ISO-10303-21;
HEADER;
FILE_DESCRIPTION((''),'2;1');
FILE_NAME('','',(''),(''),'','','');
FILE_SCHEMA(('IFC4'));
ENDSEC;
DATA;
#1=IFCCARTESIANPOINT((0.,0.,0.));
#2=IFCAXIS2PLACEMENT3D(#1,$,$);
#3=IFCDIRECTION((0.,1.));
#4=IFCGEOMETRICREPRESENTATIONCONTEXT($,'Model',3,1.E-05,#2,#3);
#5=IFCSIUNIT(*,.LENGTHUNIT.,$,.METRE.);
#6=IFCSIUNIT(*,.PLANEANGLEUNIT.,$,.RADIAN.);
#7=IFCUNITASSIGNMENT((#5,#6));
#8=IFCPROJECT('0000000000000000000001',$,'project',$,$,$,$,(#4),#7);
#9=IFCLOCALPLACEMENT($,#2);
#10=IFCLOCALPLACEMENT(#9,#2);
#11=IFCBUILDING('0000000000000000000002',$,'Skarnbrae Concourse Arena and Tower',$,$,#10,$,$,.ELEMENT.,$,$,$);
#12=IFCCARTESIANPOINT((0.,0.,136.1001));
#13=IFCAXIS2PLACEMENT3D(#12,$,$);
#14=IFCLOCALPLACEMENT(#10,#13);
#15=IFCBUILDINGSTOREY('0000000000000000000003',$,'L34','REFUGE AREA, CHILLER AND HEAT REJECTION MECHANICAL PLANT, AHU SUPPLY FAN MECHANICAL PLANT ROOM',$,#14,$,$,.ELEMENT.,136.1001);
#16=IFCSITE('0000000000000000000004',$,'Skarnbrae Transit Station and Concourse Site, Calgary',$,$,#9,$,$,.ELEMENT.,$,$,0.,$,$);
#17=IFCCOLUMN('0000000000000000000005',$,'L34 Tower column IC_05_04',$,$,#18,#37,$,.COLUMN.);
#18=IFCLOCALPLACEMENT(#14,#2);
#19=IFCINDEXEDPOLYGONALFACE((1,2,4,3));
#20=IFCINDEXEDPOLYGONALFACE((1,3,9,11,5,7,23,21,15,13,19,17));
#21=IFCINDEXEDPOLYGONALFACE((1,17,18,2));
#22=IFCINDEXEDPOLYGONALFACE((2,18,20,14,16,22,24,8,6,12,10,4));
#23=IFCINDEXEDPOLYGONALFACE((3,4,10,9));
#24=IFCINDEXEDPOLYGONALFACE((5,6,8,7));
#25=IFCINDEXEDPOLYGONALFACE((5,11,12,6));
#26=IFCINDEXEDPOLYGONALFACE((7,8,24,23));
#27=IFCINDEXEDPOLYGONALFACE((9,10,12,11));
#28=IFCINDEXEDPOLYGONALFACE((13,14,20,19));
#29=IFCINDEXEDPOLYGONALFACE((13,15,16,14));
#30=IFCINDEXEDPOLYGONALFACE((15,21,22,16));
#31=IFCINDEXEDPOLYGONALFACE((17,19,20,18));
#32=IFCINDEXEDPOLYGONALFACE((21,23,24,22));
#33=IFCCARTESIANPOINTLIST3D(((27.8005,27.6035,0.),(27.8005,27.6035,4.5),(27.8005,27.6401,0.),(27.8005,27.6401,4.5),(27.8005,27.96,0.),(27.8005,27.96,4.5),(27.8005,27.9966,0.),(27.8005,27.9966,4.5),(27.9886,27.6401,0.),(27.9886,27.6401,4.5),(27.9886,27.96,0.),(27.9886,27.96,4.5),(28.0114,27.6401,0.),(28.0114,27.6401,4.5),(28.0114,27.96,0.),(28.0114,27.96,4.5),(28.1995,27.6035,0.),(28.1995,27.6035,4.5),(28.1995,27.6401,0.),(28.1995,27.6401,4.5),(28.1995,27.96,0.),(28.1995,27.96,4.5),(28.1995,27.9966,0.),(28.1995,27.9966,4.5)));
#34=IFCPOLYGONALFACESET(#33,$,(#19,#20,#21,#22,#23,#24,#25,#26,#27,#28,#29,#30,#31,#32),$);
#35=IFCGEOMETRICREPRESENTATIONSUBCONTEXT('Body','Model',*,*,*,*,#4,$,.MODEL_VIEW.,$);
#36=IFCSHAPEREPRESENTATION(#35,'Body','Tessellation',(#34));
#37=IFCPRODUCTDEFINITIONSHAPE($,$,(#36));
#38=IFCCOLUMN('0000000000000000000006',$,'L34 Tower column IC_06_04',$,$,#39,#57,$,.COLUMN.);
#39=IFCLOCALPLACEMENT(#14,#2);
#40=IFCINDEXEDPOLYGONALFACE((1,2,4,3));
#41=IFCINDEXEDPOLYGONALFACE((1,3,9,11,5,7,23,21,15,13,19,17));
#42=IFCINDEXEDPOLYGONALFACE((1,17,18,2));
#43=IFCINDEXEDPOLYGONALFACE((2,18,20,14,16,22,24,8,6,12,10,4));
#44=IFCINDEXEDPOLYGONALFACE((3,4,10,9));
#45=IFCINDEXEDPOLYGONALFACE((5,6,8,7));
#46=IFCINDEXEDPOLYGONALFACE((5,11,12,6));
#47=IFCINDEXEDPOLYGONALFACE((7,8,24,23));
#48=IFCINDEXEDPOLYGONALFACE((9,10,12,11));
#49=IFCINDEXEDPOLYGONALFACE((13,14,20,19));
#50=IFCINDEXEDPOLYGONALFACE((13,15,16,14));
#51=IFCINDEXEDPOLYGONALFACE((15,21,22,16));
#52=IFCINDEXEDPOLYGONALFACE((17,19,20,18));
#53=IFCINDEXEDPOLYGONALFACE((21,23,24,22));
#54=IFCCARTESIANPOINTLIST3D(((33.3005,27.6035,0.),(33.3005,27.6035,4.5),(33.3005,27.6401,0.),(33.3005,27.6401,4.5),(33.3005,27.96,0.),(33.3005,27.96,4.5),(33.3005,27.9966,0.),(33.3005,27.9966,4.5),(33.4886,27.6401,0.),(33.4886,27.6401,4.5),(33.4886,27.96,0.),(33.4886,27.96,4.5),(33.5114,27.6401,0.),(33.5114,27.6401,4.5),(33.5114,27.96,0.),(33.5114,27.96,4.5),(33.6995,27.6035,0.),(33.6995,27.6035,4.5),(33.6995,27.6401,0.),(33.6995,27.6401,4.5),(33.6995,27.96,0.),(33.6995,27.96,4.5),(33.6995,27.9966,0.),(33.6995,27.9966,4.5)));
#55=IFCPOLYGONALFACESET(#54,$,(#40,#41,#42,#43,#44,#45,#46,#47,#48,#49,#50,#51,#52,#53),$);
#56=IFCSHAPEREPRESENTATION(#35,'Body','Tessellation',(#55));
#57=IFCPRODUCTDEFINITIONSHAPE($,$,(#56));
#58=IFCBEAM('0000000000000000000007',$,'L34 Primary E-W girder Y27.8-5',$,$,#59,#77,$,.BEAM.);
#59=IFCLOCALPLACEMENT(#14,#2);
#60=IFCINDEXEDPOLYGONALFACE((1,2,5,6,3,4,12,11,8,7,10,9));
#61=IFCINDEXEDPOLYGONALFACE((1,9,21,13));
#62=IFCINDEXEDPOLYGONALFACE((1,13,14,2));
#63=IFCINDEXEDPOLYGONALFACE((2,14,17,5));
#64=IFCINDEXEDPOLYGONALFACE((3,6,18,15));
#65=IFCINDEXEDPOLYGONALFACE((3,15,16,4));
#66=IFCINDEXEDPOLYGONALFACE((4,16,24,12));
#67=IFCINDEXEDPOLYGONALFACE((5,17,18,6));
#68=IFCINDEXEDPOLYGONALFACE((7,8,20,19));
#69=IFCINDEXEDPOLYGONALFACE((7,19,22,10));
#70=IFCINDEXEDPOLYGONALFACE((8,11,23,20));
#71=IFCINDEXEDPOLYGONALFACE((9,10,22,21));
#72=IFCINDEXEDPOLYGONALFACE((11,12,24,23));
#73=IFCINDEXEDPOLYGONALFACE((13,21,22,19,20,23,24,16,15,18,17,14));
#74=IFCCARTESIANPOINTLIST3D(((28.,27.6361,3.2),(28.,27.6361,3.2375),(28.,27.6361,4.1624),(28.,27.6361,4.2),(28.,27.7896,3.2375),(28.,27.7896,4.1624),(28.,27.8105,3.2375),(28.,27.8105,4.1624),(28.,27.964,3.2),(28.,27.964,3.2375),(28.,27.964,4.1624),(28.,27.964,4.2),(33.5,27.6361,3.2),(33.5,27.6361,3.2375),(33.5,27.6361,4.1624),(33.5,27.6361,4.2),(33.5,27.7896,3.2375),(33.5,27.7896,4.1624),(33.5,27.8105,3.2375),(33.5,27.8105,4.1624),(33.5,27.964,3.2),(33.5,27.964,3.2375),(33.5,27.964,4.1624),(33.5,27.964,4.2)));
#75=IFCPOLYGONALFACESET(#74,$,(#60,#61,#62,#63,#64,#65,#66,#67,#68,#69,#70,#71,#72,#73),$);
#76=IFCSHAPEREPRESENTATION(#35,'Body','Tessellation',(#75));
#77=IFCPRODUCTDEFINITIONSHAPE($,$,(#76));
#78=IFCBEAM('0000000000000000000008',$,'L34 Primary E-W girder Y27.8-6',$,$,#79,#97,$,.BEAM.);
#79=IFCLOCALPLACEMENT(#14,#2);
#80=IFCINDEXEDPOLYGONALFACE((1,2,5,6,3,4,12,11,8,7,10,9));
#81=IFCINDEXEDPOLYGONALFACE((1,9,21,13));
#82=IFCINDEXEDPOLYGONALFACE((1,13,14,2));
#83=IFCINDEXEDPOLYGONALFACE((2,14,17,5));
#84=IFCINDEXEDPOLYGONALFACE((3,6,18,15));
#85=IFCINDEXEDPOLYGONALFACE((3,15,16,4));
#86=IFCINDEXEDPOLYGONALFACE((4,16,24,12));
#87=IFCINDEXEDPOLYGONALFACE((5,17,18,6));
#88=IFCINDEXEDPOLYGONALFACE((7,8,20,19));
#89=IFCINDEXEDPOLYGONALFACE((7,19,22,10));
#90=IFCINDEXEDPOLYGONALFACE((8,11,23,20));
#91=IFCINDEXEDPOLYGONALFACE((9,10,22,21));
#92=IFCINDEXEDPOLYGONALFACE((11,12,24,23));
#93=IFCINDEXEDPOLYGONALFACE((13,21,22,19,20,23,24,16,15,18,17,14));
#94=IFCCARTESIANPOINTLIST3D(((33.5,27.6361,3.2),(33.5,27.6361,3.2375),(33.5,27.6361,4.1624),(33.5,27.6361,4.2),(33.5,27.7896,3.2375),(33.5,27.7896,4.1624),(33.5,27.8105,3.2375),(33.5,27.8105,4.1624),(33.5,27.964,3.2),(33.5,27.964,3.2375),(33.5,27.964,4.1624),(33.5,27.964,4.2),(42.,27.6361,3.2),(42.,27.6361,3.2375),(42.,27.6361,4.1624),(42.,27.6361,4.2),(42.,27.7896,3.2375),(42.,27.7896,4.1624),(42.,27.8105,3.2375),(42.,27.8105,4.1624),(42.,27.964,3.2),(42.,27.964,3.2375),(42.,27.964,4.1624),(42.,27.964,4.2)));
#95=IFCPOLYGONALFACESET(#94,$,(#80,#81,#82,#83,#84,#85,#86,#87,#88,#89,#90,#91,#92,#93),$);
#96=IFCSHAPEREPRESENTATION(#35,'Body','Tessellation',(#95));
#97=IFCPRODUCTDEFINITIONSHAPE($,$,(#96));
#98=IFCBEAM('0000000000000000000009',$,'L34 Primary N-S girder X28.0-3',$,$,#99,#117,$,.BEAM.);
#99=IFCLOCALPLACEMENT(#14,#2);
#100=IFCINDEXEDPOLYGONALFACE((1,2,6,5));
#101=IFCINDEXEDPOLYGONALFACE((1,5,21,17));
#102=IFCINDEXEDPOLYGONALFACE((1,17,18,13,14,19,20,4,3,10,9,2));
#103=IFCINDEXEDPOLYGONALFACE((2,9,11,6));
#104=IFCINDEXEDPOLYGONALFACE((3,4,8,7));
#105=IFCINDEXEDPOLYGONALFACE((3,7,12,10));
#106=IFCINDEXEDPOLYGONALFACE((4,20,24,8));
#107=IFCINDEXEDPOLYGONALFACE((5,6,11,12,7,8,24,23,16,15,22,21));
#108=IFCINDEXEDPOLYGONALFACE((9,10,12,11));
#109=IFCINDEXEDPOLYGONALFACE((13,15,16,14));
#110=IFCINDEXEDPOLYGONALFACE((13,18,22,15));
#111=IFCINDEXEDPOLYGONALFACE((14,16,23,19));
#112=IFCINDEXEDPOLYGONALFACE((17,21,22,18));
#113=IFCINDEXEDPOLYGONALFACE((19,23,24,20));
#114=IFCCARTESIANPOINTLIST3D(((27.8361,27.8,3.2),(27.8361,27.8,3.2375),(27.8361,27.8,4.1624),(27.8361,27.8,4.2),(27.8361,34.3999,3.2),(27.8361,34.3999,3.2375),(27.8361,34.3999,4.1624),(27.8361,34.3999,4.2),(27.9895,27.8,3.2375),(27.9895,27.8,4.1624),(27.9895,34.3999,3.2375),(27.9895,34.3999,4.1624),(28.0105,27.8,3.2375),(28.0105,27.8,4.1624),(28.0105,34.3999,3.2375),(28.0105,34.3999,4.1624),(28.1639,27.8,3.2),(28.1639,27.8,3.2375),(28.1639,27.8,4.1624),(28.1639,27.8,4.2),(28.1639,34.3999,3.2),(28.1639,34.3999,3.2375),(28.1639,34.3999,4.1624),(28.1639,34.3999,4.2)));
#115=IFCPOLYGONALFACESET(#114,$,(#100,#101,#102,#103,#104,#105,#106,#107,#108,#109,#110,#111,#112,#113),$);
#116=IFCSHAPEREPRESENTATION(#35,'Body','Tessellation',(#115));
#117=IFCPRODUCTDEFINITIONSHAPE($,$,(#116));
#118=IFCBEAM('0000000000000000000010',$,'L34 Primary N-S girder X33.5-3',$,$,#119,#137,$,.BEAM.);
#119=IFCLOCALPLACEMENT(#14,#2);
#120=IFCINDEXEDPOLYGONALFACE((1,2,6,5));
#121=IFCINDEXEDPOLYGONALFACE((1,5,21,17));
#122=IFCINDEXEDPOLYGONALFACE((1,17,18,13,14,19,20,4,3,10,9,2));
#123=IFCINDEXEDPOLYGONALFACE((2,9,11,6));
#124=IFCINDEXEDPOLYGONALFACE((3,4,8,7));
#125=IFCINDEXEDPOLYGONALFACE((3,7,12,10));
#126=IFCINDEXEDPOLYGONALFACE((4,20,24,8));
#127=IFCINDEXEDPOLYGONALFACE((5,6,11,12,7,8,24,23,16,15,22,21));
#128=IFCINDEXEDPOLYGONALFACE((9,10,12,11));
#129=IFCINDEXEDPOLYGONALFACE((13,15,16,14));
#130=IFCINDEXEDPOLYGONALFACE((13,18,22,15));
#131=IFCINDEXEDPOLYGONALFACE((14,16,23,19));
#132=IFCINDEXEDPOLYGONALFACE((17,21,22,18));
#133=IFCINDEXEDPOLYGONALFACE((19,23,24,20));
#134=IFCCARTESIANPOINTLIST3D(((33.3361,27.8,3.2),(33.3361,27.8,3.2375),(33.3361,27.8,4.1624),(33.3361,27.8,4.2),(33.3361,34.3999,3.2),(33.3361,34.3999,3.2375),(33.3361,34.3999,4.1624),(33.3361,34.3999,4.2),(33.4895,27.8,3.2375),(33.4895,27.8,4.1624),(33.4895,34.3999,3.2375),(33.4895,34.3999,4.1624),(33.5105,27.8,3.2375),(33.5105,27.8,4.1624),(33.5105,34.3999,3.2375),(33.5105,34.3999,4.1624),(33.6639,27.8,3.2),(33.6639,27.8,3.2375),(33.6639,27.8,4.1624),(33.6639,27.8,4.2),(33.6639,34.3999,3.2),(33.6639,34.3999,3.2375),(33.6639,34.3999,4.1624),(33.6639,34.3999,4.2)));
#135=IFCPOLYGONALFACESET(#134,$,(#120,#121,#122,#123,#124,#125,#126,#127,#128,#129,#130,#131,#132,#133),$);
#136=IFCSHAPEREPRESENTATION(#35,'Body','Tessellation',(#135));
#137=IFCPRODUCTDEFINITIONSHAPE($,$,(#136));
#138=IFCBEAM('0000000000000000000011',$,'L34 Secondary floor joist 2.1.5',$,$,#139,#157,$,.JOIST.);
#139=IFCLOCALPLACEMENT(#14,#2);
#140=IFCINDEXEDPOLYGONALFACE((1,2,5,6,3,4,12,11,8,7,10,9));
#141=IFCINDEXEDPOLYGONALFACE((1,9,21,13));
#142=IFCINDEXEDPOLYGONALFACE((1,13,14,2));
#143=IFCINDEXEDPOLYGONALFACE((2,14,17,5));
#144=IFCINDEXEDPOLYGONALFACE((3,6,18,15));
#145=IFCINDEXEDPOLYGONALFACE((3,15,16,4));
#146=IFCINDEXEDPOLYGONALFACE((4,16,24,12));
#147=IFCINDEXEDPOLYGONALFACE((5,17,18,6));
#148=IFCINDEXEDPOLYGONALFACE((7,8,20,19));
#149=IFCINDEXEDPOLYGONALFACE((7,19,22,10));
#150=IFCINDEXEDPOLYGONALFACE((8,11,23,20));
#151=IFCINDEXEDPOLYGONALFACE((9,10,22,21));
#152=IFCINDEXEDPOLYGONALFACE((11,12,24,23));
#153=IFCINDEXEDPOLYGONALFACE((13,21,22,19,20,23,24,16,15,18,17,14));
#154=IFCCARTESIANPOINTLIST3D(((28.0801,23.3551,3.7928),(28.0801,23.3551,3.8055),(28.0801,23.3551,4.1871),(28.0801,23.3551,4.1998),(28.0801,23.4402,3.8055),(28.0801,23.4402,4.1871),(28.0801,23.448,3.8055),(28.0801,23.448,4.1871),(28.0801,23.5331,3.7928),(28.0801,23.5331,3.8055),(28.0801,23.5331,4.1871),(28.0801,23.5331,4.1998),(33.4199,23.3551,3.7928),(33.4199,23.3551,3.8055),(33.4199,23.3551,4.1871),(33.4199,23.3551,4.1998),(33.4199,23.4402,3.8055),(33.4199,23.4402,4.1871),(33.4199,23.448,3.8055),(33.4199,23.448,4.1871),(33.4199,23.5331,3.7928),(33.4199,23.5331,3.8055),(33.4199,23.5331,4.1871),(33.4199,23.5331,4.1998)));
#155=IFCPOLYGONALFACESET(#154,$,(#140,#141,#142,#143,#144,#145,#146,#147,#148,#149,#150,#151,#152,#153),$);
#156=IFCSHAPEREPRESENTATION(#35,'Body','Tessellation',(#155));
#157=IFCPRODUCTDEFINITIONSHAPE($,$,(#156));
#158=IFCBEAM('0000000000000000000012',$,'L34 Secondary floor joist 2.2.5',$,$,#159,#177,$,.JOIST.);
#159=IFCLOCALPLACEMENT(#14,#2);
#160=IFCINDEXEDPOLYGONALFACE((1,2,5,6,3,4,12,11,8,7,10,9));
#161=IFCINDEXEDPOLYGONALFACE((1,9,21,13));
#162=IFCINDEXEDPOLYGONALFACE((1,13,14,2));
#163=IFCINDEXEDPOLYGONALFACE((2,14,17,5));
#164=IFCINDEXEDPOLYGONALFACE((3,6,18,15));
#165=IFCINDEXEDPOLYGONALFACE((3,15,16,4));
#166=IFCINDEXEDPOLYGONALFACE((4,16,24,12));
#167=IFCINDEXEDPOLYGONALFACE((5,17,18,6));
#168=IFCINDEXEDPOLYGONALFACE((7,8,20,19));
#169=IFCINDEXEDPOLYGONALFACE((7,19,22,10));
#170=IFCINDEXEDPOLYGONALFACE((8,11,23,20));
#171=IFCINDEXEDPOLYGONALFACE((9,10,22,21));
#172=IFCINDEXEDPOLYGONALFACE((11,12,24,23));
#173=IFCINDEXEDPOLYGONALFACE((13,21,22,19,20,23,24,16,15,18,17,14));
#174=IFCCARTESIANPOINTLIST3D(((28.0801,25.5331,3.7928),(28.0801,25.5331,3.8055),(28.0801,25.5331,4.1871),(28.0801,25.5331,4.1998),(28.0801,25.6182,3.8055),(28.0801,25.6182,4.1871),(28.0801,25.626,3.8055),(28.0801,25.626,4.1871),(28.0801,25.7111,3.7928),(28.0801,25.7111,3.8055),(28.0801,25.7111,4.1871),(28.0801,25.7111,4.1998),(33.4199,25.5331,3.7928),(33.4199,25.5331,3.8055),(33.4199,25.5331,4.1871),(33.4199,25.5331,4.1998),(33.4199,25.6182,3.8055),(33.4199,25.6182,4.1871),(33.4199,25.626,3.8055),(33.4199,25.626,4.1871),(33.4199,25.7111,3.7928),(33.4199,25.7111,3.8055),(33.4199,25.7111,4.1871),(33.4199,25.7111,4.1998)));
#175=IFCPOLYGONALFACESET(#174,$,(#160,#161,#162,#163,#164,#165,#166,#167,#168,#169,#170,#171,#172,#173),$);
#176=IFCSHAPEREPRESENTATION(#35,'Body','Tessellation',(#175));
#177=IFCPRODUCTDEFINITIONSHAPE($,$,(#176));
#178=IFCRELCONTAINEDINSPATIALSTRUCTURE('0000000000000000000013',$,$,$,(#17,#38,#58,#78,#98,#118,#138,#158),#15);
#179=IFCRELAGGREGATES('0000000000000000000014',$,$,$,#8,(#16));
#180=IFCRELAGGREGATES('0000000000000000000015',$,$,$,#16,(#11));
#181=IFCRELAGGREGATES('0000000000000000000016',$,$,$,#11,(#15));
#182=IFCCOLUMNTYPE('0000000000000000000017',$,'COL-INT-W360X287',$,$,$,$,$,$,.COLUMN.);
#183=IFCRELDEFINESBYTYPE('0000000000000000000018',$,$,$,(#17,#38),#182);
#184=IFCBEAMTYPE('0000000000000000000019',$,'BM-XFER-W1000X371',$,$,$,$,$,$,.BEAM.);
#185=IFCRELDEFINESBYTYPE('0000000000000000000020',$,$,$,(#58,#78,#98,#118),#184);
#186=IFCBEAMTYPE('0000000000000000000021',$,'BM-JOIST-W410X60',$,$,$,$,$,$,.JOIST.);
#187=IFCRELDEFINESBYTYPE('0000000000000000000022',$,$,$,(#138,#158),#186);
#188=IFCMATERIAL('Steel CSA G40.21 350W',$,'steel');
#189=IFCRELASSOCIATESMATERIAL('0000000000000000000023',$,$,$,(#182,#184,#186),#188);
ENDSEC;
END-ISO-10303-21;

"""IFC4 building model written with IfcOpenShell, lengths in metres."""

from ifc_helpers import new_model, si_unit, direction, frame, origin, origin_2d, place, context, subcontext, project, spatial, i_section, extrude, source, transform, mapped, material, material_profile, profile_set, type_object, element, save


model = new_model("IFC4")

# Units and contexts
model_context = context("Model", 3, precision=1e-05, world=origin(), true_north=direction((0.0, 1.0)))
body_context = subcontext(model_context, "Body", "Model", "MODEL_VIEW")
ifc_project = project(units=[si_unit("LENGTHUNIT", "METRE"), si_unit("PLANEANGLEUNIT", "RADIAN")], contexts=[model_context])

# Site, building, storey
site_placement = place(None, origin())
site = spatial("IfcSite", under=ifc_project, at=site_placement, Name="Skarnbrae Transit Station and Concourse Site, Calgary", CompositionType="ELEMENT", RefElevation=0.0)
building_placement = place(site_placement, origin())
building = spatial("IfcBuilding", under=site, at=building_placement, Name="Skarnbrae Concourse Arena and Tower", CompositionType="ELEMENT")
storey_placement = place(building_placement, frame((0.0, 0.0, 136.1001)))
storey = spatial("IfcBuildingStorey", under=building, at=storey_placement, Name="L34", Description="REFUGE AREA, CHILLER AND HEAT REJECTION MECHANICAL PLANT, AHU SUPPLY FAN MECHANICAL PLANT ROOM", CompositionType="ELEMENT", Elevation=136.1001)

# Columns
ifc_material = material(Name="Steel CSA G40.21 350W", Category="steel")
ifc_material_profile_1 = material_profile(ifc_material, i_section(OverallWidth=0.3989, OverallDepth=0.3931, WebThickness=0.0227, FlangeThickness=0.0366, at=origin_2d()), Name="W360X287")
ifc_profile_set_1 = profile_set([ifc_material_profile_1], Name="Steel CSA G40.21 350W")
column_type = type_object("IfcColumnType", Name="COL-INT-W360X287", PredefinedType="COLUMN", material=ifc_profile_set_1)
shared_shape_1 = source(origin(), body_context, "Body", "SweptSolid", [
    extrude(i_section(OverallWidth=0.3989, OverallDepth=0.3931, WebThickness=0.0227, FlangeThickness=0.0366, at=origin_2d()), origin(), (0.0, 0.0, 1.0), 4.5),
])
for number, where, z_axis, x_axis, name in (
    (1, (28.0, 27.8, 0.0), (0.0, 0.0, 1.0), (1.0, 0.0, 0.0), "L34 Tower column IC_05_04"),
    (2, (33.5, 27.8, 0.0), (0.0, 0.0, 1.0), (1.0, 0.0, 0.0), "L34 Tower column IC_06_04"),
):
    element("IfcColumn", number, at=place(storey_placement, frame(where, z_axis=z_axis, x_axis=x_axis)), inside=storey, type_object=column_type, Name=name, PredefinedType="COLUMN", context=body_context, shape_type="MappedRepresentation", body=[
        mapped(shared_shape_1, transform((0.0, 0.0, 0.0))),
    ])

# Beams
ifc_material_profile_2 = material_profile(ifc_material, i_section(OverallWidth=0.3279, OverallDepth=1.0, WebThickness=0.021, FlangeThickness=0.0376, at=origin_2d()), Name="W1000X371")
ifc_profile_set_2 = profile_set([ifc_material_profile_2], Name="Steel CSA G40.21 350W")
beam_type_1 = type_object("IfcBeamType", Name="BM-XFER-W1000X371", PredefinedType="BEAM", material=ifc_profile_set_2)
shared_shape_2 = source(origin(), body_context, "Body", "SweptSolid", [
    extrude(i_section(OverallWidth=0.3279, OverallDepth=1.0, WebThickness=0.021, FlangeThickness=0.0376, at=origin_2d()), origin(), (0.0, 0.0, 1.0), 5.5),
])
beam_1_placement = place(storey_placement, frame((28.0, 27.8, 3.7), z_axis=(1.0, 0.0, 0.0), x_axis=(0.0, 1.0, 0.0)))
element("IfcBeam", 3, at=beam_1_placement, inside=storey, type_object=beam_type_1, Name="L34 Primary E-W girder Y27.8-5", PredefinedType="BEAM", context=body_context, shape_type="MappedRepresentation", body=[
    mapped(shared_shape_2, transform((0.0, 0.0, 0.0))),
])
shared_shape_3 = source(origin(), body_context, "Body", "SweptSolid", [
    extrude(i_section(OverallWidth=0.3279, OverallDepth=1.0, WebThickness=0.021, FlangeThickness=0.0376, at=origin_2d()), origin(), (0.0, 0.0, 1.0), 8.5),
])
beam_2_placement = place(storey_placement, frame((33.5, 27.8, 3.7), z_axis=(1.0, 0.0, 0.0), x_axis=(0.0, 1.0, 0.0)))
element("IfcBeam", 4, at=beam_2_placement, inside=storey, type_object=beam_type_1, Name="L34 Primary E-W girder Y27.8-6", PredefinedType="BEAM", context=body_context, shape_type="MappedRepresentation", body=[
    mapped(shared_shape_3, transform((0.0, 0.0, 0.0))),
])
shared_shape_4 = source(origin(), body_context, "Body", "SweptSolid", [
    extrude(i_section(OverallWidth=0.3279, OverallDepth=1.0, WebThickness=0.021, FlangeThickness=0.0376, at=origin_2d()), origin(), (0.0, 0.0, 1.0), 6.5999),
])
for number, where, z_axis, x_axis, name in (
    (5, (28.0, 27.8, 3.7), (0.0, 1.0, 0.0), (-1.0, 0.0, 0.0), "L34 Primary N-S girder X28.0-3"),
    (6, (33.5, 27.8, 3.7), (0.0, 1.0, 0.0), (-1.0, 0.0, 0.0), "L34 Primary N-S girder X33.5-3"),
):
    element("IfcBeam", number, at=place(storey_placement, frame(where, z_axis=z_axis, x_axis=x_axis)), inside=storey, type_object=beam_type_1, Name=name, PredefinedType="BEAM", context=body_context, shape_type="MappedRepresentation", body=[
        mapped(shared_shape_4, transform((0.0, 0.0, 0.0))),
    ])
ifc_material_profile_3 = material_profile(ifc_material, i_section(OverallWidth=0.178, OverallDepth=0.407, WebThickness=0.0078, FlangeThickness=0.0127, at=origin_2d()), Name="W410X60")
ifc_profile_set_3 = profile_set([ifc_material_profile_3], Name="Steel CSA G40.21 350W")
beam_type_2 = type_object("IfcBeamType", Name="BM-JOIST-W410X60", PredefinedType="JOIST", material=ifc_profile_set_3)
shared_shape_5 = source(origin(), body_context, "Body", "SweptSolid", [
    extrude(i_section(OverallWidth=0.178, OverallDepth=0.407, WebThickness=0.0078, FlangeThickness=0.0127, at=origin_2d()), origin(), (0.0, 0.0, 1.0), 5.3398),
])
for number, where, z_axis, x_axis, name in (
    (7, (28.0801, 23.4441, 3.9963), (1.0, 0.0, 0.0), (0.0, 1.0, 0.0), "L34 Secondary floor joist 2.1.5"),
    (8, (28.0801, 25.6221, 3.9963), (1.0, 0.0, 0.0), (0.0, 1.0, 0.0), "L34 Secondary floor joist 2.2.5"),
):
    element("IfcBeam", number, at=place(storey_placement, frame(where, z_axis=z_axis, x_axis=x_axis)), inside=storey, type_object=beam_type_2, Name=name, PredefinedType="JOIST", context=body_context, shape_type="MappedRepresentation", body=[
        mapped(shared_shape_5, transform((0.0, 0.0, 0.0))),
    ])

save(model, "model.ifc")
